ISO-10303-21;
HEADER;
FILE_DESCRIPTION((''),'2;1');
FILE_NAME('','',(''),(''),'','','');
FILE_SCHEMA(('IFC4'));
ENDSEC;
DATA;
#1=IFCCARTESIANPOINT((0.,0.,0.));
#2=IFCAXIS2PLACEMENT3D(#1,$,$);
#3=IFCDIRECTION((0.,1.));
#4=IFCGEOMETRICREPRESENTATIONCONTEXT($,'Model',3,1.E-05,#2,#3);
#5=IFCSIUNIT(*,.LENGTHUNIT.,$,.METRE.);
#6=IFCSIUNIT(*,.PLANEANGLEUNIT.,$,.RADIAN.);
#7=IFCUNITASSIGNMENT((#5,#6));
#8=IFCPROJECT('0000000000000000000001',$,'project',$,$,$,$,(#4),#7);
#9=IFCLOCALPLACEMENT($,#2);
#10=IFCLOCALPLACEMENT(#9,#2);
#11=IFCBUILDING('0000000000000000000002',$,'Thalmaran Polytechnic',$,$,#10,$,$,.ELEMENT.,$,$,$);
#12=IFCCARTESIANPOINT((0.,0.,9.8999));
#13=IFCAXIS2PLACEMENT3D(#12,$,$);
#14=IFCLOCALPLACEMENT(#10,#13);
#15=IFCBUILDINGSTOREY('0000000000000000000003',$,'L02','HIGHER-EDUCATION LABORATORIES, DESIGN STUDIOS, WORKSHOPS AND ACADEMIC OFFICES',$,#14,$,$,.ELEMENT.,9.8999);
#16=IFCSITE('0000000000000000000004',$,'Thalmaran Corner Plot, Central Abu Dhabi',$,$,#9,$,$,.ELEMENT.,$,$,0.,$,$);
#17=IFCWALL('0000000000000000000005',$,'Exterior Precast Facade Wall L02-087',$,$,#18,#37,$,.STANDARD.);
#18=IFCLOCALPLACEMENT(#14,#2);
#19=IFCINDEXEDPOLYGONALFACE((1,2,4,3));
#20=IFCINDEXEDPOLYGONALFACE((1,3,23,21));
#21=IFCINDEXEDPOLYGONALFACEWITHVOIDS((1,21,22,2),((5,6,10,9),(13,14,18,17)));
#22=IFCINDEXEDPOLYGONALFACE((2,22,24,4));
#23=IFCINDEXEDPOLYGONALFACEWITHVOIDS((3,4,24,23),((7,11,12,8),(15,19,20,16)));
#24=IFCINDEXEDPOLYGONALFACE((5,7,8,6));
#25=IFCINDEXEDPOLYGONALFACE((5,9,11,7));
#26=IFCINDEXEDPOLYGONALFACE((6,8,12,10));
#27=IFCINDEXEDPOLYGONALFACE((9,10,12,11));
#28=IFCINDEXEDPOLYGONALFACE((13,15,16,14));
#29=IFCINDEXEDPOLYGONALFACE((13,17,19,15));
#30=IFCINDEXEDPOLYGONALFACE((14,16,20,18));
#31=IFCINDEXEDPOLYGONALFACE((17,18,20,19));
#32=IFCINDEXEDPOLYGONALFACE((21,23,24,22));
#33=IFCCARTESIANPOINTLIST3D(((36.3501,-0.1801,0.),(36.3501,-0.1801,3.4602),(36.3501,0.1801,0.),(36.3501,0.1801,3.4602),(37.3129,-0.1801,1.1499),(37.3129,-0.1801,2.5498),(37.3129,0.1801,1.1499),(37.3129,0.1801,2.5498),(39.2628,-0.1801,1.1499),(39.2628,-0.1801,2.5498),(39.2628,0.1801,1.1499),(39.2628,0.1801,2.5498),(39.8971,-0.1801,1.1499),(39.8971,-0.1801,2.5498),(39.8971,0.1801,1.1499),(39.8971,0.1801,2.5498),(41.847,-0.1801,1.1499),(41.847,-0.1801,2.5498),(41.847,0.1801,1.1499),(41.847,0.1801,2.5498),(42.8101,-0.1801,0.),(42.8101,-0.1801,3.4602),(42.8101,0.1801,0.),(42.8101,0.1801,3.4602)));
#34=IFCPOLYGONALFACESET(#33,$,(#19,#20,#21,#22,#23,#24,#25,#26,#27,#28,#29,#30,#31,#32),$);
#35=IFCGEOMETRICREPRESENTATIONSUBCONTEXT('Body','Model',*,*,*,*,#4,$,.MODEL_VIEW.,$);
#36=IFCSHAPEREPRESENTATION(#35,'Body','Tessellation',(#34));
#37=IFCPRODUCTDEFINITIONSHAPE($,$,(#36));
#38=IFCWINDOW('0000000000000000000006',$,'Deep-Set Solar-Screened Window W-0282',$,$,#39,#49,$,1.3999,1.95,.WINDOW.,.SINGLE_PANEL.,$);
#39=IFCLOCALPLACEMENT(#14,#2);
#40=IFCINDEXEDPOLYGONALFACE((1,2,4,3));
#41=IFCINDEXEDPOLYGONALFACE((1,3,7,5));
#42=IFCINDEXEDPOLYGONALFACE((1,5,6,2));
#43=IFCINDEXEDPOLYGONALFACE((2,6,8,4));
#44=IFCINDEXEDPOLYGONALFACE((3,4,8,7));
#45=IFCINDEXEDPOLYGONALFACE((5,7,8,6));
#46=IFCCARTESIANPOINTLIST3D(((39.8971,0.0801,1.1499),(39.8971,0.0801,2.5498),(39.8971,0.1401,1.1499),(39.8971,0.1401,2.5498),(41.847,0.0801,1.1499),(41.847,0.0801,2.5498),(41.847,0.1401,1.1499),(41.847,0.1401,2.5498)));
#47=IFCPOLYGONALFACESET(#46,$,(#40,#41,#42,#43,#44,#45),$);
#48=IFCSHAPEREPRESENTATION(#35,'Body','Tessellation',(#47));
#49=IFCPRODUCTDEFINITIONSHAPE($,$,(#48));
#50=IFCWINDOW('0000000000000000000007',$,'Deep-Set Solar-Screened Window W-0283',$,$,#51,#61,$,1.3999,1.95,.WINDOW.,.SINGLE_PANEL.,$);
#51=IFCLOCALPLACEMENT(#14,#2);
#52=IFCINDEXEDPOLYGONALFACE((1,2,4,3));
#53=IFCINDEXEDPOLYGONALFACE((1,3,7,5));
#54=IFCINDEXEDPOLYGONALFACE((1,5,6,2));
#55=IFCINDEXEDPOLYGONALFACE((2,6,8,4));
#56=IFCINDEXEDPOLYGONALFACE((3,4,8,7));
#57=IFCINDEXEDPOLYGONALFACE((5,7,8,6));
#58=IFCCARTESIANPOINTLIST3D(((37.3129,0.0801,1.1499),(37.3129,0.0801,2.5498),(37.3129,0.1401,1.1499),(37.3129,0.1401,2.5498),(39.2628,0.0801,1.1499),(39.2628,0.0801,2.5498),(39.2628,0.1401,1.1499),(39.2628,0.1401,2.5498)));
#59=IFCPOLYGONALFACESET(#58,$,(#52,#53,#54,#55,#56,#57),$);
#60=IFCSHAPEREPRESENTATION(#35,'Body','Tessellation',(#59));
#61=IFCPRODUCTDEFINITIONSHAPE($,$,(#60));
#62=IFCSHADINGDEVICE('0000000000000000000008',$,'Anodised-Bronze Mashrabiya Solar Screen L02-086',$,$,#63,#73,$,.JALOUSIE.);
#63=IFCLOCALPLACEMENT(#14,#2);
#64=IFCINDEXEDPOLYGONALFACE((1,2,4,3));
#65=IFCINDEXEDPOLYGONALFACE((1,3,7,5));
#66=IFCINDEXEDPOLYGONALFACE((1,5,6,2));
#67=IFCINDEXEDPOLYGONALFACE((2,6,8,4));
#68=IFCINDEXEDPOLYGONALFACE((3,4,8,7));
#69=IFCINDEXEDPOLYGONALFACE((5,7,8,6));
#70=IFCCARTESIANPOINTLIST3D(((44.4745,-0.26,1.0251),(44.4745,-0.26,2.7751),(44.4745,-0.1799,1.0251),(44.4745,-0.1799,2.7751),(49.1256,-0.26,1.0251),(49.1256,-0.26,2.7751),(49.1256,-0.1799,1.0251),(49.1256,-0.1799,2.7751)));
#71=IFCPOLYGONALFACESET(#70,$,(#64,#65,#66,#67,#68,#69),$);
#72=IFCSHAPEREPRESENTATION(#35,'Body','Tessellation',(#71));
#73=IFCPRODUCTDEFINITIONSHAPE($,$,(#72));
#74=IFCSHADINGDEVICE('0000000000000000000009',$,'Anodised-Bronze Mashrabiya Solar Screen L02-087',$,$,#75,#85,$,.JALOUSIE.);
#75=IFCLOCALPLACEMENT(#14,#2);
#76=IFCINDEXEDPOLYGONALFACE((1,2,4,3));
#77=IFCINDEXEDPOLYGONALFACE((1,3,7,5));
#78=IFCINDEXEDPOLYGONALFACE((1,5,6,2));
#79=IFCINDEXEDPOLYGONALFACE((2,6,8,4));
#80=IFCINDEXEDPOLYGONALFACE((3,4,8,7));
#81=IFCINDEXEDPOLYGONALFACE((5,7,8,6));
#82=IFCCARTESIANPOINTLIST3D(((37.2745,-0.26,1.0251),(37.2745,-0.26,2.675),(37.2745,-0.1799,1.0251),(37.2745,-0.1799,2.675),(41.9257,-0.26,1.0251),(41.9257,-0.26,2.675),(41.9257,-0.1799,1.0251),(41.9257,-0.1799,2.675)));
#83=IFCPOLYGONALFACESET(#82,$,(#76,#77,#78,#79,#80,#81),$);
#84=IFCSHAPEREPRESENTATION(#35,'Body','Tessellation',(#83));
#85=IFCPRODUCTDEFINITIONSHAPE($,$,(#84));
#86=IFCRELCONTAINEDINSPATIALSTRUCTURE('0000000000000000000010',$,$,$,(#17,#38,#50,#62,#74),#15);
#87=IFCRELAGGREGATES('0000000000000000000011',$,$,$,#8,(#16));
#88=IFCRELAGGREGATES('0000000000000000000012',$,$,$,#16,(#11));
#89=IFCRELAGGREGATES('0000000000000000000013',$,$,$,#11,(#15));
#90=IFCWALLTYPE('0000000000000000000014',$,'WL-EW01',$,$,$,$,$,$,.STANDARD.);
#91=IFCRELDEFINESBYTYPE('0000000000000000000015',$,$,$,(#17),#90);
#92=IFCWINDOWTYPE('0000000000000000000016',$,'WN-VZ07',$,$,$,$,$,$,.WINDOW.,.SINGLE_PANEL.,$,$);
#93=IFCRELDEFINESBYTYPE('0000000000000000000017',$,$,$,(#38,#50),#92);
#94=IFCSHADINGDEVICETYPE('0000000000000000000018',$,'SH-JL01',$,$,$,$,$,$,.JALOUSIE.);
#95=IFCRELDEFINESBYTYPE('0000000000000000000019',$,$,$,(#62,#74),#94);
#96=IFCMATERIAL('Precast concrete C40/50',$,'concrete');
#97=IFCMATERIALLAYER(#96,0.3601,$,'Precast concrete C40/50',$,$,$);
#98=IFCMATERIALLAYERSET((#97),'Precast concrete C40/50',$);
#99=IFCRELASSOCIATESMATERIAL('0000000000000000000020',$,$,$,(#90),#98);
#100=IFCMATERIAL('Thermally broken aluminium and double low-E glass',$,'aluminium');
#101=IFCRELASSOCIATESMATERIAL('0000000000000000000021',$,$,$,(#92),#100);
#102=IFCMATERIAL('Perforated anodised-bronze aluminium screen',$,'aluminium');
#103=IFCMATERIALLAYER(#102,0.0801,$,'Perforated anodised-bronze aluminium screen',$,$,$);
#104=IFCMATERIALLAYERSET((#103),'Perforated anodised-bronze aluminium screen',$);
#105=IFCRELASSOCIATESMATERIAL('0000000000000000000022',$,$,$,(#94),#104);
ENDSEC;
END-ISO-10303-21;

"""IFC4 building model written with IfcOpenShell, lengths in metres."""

from ifc_helpers import new_model, si_unit, direction, frame, frame_2d, origin, origin_2d, place, context, subcontext, project, spatial, rectangle, extrude, material, layer, layer_set, type_object, element, fill, save


model = new_model("IFC4")

# Units and contexts
model_context = context("Model", 3, precision=1e-05, world=origin(), true_north=direction((0.0, 1.0)))
body_context = subcontext(model_context, "Body", "Model", "MODEL_VIEW")
ifc_project = project(units=[si_unit("LENGTHUNIT", "METRE"), si_unit("PLANEANGLEUNIT", "RADIAN")], contexts=[model_context])

# Site, building, storey
site_placement = place(None, origin())
site = spatial("IfcSite", under=ifc_project, at=site_placement, Name="Thalmaran Corner Plot, Central Abu Dhabi", CompositionType="ELEMENT", RefElevation=0.0)
building_placement = place(site_placement, origin())
building = spatial("IfcBuilding", under=site, at=building_placement, Name="Thalmaran Polytechnic", CompositionType="ELEMENT")
storey_placement = place(building_placement, frame((0.0, 0.0, 9.8999)))
storey = spatial("IfcBuildingStorey", under=building, at=storey_placement, Name="L02", Description="HIGHER-EDUCATION LABORATORIES, DESIGN STUDIOS, WORKSHOPS AND ACADEMIC OFFICES", CompositionType="ELEMENT", Elevation=9.8999)

# Wall, openings, windows
ifc_material_1 = material(Name="Precast concrete C40/50", Category="concrete")
ifc_layer_1 = layer(ifc_material_1, 0.3601, Name="Precast concrete C40/50")
ifc_layer_set_1 = layer_set([ifc_layer_1], Name="Precast concrete C40/50")
wall_type = type_object("IfcWallType", Name="WL-EW01", PredefinedType="STANDARD", material=ifc_layer_set_1)
wall_placement = place(storey_placement, frame((42.8101, 0.0, 0.0), z_axis=(0.0, 0.0, 1.0), x_axis=(-1.0, 0.0, 0.0)))
wall = element("IfcWall", 1, at=wall_placement, inside=storey, type_object=wall_type, Name="Exterior Precast Facade Wall L02-087", PredefinedType="STANDARD", context=body_context, shape_type="SweptSolid", body=[
    extrude(rectangle(XDim=6.46, YDim=0.3601, at=frame_2d((3.23, 0.0))), origin(), (0.0, 0.0, 1.0), 3.4602),
])
opening_1_placement = place(wall_placement, frame((0.9629, 0.0, 1.1499)))
opening_1 = element("IfcOpeningElement", 2, at=opening_1_placement, cuts=wall, PredefinedType="OPENING", context=body_context, shape_type="SweptSolid", body=[
    extrude(rectangle(XDim=1.95, YDim=1.3999, at=frame_2d((0.9751, 0.7))), frame((0.0, 0.1899, 0.0), z_axis=(0.0, -1.0, 0.0), x_axis=(1.0, 0.0, 0.0)), (0.0, 0.0, 1.0), 0.3801),
])
opening_2_placement = place(wall_placement, frame((3.5471, 0.0, 1.1499)))
opening_2 = element("IfcOpeningElement", 3, at=opening_2_placement, cuts=wall, PredefinedType="OPENING", context=body_context, shape_type="SweptSolid", body=[
    extrude(rectangle(XDim=1.95, YDim=1.3999, at=frame_2d((0.9751, 0.7))), frame((0.0, 0.1899, 0.0), z_axis=(0.0, -1.0, 0.0), x_axis=(1.0, 0.0, 0.0)), (0.0, 0.0, 1.0), 0.3801),
])
ifc_material_2 = material(Name="Thermally broken aluminium and double low-E glass", Category="aluminium")
window_type = type_object("IfcWindowType", Name="WN-VZ07", PartitioningType="SINGLE_PANEL", PredefinedType="WINDOW", material=ifc_material_2)
window_1_placement = place(opening_1_placement, origin())
window_1 = element("IfcWindow", 4, at=window_1_placement, inside=storey, type_object=window_type, Name="Deep-Set Solar-Screened Window W-0282", OverallHeight=1.3999, OverallWidth=1.95, PartitioningType="SINGLE_PANEL", PredefinedType="WINDOW", context=body_context, shape_type="SweptSolid", body=[
    extrude(rectangle(XDim=1.95, YDim=1.3999, at=frame_2d((0.9751, 0.7))), frame((0.0, -0.0801, 0.0), z_axis=(0.0, -1.0, 0.0), x_axis=(1.0, 0.0, 0.0)), (0.0, 0.0, 1.0), 0.0601),
])
fill(opening_1, window_1)
window_2_placement = place(opening_2_placement, origin())
window_2 = element("IfcWindow", 5, at=window_2_placement, inside=storey, type_object=window_type, Name="Deep-Set Solar-Screened Window W-0283", OverallHeight=1.3999, OverallWidth=1.95, PartitioningType="SINGLE_PANEL", PredefinedType="WINDOW", context=body_context, shape_type="SweptSolid", body=[
    extrude(rectangle(XDim=1.95, YDim=1.3999, at=frame_2d((0.9751, 0.7))), frame((0.0, -0.0801, 0.0), z_axis=(0.0, -1.0, 0.0), x_axis=(1.0, 0.0, 0.0)), (0.0, 0.0, 1.0), 0.0601),
])
fill(opening_2, window_2)

# Shading devices
ifc_material_3 = material(Name="Perforated anodised-bronze aluminium screen", Category="aluminium")
ifc_layer_2 = layer(ifc_material_3, 0.0801, Name="Perforated anodised-bronze aluminium screen")
ifc_layer_set_2 = layer_set([ifc_layer_2], Name="Perforated anodised-bronze aluminium screen")
shading_device_type = type_object("IfcShadingDeviceType", Name="SH-JL01", PredefinedType="JALOUSIE", material=ifc_layer_set_2)
shading_device_1_placement = place(storey_placement, frame((46.8, -0.22, 1.0251), z_axis=(0.0, 0.0, 1.0), x_axis=(-1.0, 0.0, 0.0)))
element("IfcShadingDevice", 6, at=shading_device_1_placement, inside=storey, type_object=shading_device_type, Name="Anodised-Bronze Mashrabiya Solar Screen L02-086", PredefinedType="JALOUSIE", context=body_context, shape_type="SweptSolid", body=[
    extrude(rectangle(XDim=4.6511, YDim=0.0801, at=origin_2d()), origin(), (0.0, 0.0, 1.0), 1.75),
])
shading_device_2_placement = place(storey_placement, frame((39.6001, -0.22, 1.0251), z_axis=(0.0, 0.0, 1.0), x_axis=(-1.0, 0.0, 0.0)))
element("IfcShadingDevice", 7, at=shading_device_2_placement, inside=storey, type_object=shading_device_type, Name="Anodised-Bronze Mashrabiya Solar Screen L02-087", PredefinedType="JALOUSIE", context=body_context, shape_type="SweptSolid", body=[
    extrude(rectangle(XDim=4.6511, YDim=0.0801, at=origin_2d()), origin(), (0.0, 0.0, 1.0), 1.6499),
])

save(model, "model.ifc")
